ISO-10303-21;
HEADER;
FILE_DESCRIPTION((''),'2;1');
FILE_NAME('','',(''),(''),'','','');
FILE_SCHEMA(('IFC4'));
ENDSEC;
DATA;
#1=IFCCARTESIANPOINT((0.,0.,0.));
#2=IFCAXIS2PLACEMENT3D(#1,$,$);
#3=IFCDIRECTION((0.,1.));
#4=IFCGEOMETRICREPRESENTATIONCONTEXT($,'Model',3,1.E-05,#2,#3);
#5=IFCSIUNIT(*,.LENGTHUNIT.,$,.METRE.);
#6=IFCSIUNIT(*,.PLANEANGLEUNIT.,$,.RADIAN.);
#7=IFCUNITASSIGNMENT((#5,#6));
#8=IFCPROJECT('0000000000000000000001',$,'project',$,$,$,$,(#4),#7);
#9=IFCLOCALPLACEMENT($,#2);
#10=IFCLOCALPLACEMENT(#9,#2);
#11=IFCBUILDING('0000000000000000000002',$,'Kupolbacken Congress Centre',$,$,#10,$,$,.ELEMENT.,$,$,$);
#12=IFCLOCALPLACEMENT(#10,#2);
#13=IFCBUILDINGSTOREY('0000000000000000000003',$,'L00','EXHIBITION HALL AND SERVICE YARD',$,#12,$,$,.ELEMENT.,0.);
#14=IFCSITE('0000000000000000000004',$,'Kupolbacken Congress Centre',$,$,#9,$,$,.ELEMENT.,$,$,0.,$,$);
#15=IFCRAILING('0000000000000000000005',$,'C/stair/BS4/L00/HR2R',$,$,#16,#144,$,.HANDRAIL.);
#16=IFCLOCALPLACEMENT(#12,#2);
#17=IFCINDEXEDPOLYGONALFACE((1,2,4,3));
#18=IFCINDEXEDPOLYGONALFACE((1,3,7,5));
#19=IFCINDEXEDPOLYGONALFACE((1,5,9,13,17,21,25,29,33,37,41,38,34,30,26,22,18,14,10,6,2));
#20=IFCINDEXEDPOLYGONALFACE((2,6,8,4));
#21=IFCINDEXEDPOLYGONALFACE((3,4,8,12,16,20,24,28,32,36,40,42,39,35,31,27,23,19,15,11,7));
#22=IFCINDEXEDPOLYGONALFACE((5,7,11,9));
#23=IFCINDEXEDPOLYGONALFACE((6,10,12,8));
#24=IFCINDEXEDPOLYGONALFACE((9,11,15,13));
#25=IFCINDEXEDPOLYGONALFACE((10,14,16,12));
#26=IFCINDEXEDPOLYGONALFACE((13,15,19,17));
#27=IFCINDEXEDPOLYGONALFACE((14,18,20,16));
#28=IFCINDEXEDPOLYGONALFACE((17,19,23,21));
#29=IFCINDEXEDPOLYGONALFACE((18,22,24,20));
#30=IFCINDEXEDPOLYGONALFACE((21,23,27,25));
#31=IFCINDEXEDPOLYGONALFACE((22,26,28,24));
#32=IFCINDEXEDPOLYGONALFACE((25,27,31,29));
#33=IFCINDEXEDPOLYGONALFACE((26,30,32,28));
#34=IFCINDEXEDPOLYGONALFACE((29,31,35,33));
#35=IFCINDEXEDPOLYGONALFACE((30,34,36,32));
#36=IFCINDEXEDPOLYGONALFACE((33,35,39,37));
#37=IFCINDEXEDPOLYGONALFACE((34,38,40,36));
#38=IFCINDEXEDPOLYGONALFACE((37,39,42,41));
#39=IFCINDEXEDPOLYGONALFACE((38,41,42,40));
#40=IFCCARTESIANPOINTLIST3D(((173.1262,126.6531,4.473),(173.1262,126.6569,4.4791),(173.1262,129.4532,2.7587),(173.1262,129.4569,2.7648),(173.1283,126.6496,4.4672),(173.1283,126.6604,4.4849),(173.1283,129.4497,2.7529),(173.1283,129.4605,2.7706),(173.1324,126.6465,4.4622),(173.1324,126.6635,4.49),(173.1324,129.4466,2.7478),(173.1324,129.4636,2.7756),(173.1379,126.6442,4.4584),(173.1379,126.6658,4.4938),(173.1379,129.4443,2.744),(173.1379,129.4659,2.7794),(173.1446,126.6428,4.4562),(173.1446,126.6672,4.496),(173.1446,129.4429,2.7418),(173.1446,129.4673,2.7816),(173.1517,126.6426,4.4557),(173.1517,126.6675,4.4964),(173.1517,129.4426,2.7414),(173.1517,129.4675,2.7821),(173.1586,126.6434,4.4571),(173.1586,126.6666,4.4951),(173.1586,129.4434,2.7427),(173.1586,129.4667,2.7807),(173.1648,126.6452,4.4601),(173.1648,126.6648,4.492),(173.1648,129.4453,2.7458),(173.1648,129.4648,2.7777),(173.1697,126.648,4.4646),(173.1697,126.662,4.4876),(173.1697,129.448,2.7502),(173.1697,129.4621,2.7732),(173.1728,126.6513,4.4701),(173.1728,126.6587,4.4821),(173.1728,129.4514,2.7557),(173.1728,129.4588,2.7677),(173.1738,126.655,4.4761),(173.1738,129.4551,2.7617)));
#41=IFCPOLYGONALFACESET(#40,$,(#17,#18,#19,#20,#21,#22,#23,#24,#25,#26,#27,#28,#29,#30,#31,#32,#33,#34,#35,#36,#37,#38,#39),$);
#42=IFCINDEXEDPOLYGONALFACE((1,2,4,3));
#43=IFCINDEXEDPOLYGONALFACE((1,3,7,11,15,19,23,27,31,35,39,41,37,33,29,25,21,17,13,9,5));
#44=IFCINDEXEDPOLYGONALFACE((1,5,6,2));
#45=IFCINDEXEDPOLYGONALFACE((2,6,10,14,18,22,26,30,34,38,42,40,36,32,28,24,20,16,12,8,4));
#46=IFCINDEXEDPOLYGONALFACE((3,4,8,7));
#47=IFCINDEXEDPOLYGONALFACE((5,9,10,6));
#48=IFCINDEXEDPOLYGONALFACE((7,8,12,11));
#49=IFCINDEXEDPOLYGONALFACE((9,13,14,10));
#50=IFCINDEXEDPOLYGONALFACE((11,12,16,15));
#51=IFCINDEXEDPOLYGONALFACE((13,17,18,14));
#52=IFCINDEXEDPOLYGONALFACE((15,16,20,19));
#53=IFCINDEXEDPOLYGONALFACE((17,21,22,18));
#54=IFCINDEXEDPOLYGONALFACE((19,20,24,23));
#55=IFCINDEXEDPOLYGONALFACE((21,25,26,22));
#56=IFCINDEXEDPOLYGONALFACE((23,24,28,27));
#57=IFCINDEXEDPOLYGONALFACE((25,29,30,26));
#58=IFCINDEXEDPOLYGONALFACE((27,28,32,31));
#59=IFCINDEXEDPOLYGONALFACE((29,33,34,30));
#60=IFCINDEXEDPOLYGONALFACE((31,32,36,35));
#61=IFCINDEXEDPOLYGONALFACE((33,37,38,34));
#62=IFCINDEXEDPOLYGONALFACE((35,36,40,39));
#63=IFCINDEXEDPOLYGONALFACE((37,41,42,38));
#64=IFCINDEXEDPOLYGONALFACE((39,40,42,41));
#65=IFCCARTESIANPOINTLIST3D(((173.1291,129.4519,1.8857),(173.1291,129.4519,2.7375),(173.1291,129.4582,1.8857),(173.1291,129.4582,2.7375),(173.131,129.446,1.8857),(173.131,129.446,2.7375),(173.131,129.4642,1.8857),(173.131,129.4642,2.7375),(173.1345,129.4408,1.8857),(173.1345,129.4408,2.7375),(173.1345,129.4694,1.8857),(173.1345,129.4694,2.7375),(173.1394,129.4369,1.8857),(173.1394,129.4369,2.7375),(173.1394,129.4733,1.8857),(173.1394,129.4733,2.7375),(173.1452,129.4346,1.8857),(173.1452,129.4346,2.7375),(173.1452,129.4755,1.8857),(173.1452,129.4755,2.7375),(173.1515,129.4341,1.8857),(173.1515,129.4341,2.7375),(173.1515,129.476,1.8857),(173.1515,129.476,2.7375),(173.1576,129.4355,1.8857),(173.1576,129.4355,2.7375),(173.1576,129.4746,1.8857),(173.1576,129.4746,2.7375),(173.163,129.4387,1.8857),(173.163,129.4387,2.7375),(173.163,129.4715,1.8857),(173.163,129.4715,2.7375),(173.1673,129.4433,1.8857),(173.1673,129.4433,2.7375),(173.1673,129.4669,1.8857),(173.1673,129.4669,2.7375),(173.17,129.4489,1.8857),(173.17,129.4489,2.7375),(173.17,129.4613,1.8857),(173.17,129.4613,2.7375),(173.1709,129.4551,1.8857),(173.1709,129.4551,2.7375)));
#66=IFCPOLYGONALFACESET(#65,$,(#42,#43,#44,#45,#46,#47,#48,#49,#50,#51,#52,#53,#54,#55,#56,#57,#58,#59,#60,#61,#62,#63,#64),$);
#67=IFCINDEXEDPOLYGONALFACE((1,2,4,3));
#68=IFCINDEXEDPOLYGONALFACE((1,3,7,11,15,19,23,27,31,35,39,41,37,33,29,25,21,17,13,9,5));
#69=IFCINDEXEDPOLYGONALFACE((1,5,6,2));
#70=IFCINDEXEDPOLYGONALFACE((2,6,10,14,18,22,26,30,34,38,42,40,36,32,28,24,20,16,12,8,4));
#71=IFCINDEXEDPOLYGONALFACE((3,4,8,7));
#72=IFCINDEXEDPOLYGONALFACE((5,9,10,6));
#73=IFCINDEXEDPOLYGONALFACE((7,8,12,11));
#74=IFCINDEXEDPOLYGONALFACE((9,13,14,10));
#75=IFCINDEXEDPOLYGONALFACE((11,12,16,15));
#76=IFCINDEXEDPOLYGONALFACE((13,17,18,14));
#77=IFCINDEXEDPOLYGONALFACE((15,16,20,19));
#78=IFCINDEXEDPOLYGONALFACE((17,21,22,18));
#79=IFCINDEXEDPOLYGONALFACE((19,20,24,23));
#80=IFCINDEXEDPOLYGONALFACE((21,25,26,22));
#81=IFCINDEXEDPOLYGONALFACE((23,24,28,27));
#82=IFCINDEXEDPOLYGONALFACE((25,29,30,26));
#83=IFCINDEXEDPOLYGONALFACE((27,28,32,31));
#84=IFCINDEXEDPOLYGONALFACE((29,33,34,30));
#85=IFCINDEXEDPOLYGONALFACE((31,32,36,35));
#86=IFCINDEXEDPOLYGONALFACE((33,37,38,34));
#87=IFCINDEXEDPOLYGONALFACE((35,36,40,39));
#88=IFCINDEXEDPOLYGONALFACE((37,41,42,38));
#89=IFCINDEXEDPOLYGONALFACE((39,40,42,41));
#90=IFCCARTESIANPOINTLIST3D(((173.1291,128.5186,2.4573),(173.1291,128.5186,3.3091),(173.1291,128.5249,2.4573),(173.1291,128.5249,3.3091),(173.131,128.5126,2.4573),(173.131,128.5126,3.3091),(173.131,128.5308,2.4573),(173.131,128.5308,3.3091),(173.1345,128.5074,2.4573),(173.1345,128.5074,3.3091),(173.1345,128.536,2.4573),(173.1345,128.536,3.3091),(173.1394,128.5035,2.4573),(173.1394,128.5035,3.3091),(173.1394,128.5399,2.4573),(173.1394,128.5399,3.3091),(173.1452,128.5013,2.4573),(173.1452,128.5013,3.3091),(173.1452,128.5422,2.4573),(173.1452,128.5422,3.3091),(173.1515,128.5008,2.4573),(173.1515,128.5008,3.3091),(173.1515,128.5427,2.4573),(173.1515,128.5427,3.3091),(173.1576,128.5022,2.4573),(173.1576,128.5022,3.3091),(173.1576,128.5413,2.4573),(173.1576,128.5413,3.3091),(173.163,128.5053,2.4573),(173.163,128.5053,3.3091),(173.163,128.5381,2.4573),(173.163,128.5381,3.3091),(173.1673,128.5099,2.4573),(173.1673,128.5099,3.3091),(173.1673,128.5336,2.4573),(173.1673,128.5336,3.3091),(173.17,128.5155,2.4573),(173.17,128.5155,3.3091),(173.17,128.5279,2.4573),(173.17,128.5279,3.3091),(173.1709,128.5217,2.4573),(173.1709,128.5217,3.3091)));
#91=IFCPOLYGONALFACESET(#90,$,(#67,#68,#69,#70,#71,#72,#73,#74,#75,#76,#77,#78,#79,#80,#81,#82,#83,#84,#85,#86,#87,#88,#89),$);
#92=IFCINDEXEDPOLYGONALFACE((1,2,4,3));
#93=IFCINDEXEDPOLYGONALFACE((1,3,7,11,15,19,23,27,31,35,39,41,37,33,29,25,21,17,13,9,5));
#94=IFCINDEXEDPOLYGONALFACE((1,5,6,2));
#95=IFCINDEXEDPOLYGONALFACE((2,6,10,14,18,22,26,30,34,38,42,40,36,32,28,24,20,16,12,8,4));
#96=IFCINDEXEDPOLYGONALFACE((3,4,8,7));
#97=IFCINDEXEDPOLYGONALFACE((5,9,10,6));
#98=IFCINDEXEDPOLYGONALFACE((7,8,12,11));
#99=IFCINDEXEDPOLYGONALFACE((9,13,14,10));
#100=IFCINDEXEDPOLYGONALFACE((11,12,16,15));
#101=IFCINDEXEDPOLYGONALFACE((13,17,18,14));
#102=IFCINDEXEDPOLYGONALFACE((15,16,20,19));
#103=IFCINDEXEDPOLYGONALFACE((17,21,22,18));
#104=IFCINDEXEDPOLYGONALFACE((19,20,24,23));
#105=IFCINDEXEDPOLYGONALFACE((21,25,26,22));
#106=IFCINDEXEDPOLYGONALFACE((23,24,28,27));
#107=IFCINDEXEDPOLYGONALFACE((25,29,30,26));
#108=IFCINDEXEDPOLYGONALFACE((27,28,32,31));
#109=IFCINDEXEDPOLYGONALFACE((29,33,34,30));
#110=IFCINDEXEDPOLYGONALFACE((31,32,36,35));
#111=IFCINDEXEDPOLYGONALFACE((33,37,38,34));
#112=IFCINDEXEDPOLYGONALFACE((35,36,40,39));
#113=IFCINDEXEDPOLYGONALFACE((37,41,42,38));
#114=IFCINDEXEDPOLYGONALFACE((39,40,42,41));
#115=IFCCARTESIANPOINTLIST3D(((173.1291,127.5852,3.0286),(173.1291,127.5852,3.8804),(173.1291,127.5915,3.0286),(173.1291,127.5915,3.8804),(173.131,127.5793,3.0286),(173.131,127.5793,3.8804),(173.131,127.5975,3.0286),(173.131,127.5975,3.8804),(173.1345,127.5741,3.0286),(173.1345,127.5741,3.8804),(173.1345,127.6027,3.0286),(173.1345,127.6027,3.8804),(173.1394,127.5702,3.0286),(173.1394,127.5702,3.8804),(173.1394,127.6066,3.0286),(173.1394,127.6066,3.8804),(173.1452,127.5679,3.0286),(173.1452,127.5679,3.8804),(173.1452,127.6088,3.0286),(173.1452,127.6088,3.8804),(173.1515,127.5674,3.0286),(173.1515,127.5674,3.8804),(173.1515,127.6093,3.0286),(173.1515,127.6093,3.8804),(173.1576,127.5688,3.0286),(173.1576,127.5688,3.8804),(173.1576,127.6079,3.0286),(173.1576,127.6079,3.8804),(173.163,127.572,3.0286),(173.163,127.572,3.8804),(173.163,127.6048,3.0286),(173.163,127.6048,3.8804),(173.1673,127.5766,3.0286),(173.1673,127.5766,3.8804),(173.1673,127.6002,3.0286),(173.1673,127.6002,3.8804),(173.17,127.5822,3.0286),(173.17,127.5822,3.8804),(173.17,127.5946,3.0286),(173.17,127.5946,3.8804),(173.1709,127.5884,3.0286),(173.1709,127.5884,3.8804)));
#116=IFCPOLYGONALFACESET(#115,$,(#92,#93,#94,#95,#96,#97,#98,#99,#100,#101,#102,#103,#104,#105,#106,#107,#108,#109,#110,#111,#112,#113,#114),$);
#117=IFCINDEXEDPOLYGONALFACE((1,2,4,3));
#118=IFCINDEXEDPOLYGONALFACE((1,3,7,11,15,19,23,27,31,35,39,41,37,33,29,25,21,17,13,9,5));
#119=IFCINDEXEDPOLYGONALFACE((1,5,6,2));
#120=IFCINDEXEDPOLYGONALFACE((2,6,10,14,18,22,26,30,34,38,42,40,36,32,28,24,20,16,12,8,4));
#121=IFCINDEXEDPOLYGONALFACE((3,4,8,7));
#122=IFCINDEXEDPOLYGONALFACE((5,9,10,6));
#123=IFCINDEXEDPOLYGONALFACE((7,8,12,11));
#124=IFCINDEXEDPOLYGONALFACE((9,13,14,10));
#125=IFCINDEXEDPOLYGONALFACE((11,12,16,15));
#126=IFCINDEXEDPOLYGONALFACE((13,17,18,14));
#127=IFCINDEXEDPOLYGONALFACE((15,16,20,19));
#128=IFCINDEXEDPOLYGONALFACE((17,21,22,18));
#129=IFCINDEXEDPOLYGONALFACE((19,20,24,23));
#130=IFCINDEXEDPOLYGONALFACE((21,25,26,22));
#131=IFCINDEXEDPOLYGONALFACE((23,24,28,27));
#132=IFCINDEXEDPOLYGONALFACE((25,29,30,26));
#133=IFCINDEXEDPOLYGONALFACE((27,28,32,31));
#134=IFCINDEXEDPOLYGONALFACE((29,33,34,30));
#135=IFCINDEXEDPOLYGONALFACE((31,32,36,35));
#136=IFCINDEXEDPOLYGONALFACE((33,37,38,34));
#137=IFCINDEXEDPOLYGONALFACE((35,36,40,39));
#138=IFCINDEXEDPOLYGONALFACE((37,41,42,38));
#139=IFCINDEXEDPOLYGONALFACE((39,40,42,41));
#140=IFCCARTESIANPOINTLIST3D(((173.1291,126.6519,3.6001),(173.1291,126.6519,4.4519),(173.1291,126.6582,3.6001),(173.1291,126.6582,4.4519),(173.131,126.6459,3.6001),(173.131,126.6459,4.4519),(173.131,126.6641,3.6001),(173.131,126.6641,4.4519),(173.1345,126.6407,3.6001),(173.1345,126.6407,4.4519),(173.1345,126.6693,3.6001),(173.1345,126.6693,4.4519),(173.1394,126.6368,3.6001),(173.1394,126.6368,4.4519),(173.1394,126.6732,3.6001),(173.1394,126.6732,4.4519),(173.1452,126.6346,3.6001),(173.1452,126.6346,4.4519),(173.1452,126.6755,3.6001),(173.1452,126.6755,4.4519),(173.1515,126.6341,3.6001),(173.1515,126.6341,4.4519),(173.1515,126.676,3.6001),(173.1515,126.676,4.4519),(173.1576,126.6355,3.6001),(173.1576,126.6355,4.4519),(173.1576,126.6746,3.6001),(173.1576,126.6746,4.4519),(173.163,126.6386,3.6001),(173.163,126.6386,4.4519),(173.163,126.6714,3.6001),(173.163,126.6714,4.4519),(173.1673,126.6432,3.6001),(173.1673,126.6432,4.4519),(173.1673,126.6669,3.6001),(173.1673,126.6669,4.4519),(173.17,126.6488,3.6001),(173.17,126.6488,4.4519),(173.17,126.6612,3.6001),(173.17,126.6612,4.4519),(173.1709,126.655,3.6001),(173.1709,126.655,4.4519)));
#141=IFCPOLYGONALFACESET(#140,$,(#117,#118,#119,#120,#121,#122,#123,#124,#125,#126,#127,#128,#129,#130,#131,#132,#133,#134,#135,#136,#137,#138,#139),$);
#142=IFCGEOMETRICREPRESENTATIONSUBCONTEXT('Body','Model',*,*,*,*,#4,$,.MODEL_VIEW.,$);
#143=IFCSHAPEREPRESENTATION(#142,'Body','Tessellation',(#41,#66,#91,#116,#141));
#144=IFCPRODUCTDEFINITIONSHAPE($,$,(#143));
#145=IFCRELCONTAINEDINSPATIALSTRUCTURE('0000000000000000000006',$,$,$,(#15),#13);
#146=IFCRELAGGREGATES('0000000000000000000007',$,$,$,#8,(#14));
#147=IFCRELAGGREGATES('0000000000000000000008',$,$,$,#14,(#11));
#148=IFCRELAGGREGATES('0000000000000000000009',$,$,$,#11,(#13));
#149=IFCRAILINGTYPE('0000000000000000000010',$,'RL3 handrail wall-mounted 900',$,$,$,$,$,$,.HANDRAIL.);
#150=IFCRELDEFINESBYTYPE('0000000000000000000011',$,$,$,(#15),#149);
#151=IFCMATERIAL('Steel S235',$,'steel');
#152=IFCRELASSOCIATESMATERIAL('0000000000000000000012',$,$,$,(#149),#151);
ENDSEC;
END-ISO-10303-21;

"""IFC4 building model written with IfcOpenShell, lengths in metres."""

from ifc_helpers import new_model, si_unit, direction, frame, origin, origin_2d, place, context, subcontext, project, spatial, circle, extrude, material, type_object, element, save


model = new_model("IFC4")

# Units and contexts
model_context = context("Model", 3, precision=1e-05, world=origin(), true_north=direction((0.0, 1.0)))
body_context = subcontext(model_context, "Body", "Model", "MODEL_VIEW")
ifc_project = project(units=[si_unit("LENGTHUNIT", "METRE"), si_unit("PLANEANGLEUNIT", "RADIAN")], contexts=[model_context])

# Site, building, storey
site_placement = place(None, origin())
site = spatial("IfcSite", under=ifc_project, at=site_placement, Name="Kupolbacken Congress Centre", CompositionType="ELEMENT", RefElevation=0.0)
building_placement = place(site_placement, origin())
building = spatial("IfcBuilding", under=site, at=building_placement, Name="Kupolbacken Congress Centre", CompositionType="ELEMENT")
storey_placement = place(building_placement, origin())
storey = spatial("IfcBuildingStorey", under=building, at=storey_placement, Name="L00", Description="EXHIBITION HALL AND SERVICE YARD", CompositionType="ELEMENT", Elevation=0.0)

# Railing
ifc_material_1 = material(Name="Steel S235", Category="steel")
railing_type = type_object("IfcRailingType", Name="RL3 handrail wall-mounted 900", PredefinedType="HANDRAIL", material=ifc_material_1)
railing_placement = place(storey_placement, frame((173.1499, 129.4551, 1.8857)))
element("IfcRailing", 1, at=railing_placement, inside=storey, type_object=railing_type, Name="C/stair/BS4/L00/HR2R", PredefinedType="HANDRAIL", context=body_context, shape_type="SweptSolid", body=[
    extrude(circle(Radius=0.0239, at=origin_2d()), frame((0.0, 0.0, 0.876), z_axis=(0.0, -0.852846, 0.522163), x_axis=(1.0, 0.0, 0.0)), (0.0, 0.0, 1.0), 3.2832),
    extrude(circle(Radius=0.021, at=origin_2d()), origin(), (0.0, 0.0, 1.0), 0.8518),
    extrude(circle(Radius=0.021, at=origin_2d()), frame((0.0, -0.9333, 0.5715)), (0.0, 0.0, 1.0), 0.8518),
    extrude(circle(Radius=0.021, at=origin_2d()), frame((0.0, -1.8667, 1.1428)), (0.0, 0.0, 1.0), 0.8518),
    extrude(circle(Radius=0.021, at=origin_2d()), frame((0.0, -2.8, 1.7144)), (0.0, 0.0, 1.0), 0.8518),
])

save(model, "model.ifc")
